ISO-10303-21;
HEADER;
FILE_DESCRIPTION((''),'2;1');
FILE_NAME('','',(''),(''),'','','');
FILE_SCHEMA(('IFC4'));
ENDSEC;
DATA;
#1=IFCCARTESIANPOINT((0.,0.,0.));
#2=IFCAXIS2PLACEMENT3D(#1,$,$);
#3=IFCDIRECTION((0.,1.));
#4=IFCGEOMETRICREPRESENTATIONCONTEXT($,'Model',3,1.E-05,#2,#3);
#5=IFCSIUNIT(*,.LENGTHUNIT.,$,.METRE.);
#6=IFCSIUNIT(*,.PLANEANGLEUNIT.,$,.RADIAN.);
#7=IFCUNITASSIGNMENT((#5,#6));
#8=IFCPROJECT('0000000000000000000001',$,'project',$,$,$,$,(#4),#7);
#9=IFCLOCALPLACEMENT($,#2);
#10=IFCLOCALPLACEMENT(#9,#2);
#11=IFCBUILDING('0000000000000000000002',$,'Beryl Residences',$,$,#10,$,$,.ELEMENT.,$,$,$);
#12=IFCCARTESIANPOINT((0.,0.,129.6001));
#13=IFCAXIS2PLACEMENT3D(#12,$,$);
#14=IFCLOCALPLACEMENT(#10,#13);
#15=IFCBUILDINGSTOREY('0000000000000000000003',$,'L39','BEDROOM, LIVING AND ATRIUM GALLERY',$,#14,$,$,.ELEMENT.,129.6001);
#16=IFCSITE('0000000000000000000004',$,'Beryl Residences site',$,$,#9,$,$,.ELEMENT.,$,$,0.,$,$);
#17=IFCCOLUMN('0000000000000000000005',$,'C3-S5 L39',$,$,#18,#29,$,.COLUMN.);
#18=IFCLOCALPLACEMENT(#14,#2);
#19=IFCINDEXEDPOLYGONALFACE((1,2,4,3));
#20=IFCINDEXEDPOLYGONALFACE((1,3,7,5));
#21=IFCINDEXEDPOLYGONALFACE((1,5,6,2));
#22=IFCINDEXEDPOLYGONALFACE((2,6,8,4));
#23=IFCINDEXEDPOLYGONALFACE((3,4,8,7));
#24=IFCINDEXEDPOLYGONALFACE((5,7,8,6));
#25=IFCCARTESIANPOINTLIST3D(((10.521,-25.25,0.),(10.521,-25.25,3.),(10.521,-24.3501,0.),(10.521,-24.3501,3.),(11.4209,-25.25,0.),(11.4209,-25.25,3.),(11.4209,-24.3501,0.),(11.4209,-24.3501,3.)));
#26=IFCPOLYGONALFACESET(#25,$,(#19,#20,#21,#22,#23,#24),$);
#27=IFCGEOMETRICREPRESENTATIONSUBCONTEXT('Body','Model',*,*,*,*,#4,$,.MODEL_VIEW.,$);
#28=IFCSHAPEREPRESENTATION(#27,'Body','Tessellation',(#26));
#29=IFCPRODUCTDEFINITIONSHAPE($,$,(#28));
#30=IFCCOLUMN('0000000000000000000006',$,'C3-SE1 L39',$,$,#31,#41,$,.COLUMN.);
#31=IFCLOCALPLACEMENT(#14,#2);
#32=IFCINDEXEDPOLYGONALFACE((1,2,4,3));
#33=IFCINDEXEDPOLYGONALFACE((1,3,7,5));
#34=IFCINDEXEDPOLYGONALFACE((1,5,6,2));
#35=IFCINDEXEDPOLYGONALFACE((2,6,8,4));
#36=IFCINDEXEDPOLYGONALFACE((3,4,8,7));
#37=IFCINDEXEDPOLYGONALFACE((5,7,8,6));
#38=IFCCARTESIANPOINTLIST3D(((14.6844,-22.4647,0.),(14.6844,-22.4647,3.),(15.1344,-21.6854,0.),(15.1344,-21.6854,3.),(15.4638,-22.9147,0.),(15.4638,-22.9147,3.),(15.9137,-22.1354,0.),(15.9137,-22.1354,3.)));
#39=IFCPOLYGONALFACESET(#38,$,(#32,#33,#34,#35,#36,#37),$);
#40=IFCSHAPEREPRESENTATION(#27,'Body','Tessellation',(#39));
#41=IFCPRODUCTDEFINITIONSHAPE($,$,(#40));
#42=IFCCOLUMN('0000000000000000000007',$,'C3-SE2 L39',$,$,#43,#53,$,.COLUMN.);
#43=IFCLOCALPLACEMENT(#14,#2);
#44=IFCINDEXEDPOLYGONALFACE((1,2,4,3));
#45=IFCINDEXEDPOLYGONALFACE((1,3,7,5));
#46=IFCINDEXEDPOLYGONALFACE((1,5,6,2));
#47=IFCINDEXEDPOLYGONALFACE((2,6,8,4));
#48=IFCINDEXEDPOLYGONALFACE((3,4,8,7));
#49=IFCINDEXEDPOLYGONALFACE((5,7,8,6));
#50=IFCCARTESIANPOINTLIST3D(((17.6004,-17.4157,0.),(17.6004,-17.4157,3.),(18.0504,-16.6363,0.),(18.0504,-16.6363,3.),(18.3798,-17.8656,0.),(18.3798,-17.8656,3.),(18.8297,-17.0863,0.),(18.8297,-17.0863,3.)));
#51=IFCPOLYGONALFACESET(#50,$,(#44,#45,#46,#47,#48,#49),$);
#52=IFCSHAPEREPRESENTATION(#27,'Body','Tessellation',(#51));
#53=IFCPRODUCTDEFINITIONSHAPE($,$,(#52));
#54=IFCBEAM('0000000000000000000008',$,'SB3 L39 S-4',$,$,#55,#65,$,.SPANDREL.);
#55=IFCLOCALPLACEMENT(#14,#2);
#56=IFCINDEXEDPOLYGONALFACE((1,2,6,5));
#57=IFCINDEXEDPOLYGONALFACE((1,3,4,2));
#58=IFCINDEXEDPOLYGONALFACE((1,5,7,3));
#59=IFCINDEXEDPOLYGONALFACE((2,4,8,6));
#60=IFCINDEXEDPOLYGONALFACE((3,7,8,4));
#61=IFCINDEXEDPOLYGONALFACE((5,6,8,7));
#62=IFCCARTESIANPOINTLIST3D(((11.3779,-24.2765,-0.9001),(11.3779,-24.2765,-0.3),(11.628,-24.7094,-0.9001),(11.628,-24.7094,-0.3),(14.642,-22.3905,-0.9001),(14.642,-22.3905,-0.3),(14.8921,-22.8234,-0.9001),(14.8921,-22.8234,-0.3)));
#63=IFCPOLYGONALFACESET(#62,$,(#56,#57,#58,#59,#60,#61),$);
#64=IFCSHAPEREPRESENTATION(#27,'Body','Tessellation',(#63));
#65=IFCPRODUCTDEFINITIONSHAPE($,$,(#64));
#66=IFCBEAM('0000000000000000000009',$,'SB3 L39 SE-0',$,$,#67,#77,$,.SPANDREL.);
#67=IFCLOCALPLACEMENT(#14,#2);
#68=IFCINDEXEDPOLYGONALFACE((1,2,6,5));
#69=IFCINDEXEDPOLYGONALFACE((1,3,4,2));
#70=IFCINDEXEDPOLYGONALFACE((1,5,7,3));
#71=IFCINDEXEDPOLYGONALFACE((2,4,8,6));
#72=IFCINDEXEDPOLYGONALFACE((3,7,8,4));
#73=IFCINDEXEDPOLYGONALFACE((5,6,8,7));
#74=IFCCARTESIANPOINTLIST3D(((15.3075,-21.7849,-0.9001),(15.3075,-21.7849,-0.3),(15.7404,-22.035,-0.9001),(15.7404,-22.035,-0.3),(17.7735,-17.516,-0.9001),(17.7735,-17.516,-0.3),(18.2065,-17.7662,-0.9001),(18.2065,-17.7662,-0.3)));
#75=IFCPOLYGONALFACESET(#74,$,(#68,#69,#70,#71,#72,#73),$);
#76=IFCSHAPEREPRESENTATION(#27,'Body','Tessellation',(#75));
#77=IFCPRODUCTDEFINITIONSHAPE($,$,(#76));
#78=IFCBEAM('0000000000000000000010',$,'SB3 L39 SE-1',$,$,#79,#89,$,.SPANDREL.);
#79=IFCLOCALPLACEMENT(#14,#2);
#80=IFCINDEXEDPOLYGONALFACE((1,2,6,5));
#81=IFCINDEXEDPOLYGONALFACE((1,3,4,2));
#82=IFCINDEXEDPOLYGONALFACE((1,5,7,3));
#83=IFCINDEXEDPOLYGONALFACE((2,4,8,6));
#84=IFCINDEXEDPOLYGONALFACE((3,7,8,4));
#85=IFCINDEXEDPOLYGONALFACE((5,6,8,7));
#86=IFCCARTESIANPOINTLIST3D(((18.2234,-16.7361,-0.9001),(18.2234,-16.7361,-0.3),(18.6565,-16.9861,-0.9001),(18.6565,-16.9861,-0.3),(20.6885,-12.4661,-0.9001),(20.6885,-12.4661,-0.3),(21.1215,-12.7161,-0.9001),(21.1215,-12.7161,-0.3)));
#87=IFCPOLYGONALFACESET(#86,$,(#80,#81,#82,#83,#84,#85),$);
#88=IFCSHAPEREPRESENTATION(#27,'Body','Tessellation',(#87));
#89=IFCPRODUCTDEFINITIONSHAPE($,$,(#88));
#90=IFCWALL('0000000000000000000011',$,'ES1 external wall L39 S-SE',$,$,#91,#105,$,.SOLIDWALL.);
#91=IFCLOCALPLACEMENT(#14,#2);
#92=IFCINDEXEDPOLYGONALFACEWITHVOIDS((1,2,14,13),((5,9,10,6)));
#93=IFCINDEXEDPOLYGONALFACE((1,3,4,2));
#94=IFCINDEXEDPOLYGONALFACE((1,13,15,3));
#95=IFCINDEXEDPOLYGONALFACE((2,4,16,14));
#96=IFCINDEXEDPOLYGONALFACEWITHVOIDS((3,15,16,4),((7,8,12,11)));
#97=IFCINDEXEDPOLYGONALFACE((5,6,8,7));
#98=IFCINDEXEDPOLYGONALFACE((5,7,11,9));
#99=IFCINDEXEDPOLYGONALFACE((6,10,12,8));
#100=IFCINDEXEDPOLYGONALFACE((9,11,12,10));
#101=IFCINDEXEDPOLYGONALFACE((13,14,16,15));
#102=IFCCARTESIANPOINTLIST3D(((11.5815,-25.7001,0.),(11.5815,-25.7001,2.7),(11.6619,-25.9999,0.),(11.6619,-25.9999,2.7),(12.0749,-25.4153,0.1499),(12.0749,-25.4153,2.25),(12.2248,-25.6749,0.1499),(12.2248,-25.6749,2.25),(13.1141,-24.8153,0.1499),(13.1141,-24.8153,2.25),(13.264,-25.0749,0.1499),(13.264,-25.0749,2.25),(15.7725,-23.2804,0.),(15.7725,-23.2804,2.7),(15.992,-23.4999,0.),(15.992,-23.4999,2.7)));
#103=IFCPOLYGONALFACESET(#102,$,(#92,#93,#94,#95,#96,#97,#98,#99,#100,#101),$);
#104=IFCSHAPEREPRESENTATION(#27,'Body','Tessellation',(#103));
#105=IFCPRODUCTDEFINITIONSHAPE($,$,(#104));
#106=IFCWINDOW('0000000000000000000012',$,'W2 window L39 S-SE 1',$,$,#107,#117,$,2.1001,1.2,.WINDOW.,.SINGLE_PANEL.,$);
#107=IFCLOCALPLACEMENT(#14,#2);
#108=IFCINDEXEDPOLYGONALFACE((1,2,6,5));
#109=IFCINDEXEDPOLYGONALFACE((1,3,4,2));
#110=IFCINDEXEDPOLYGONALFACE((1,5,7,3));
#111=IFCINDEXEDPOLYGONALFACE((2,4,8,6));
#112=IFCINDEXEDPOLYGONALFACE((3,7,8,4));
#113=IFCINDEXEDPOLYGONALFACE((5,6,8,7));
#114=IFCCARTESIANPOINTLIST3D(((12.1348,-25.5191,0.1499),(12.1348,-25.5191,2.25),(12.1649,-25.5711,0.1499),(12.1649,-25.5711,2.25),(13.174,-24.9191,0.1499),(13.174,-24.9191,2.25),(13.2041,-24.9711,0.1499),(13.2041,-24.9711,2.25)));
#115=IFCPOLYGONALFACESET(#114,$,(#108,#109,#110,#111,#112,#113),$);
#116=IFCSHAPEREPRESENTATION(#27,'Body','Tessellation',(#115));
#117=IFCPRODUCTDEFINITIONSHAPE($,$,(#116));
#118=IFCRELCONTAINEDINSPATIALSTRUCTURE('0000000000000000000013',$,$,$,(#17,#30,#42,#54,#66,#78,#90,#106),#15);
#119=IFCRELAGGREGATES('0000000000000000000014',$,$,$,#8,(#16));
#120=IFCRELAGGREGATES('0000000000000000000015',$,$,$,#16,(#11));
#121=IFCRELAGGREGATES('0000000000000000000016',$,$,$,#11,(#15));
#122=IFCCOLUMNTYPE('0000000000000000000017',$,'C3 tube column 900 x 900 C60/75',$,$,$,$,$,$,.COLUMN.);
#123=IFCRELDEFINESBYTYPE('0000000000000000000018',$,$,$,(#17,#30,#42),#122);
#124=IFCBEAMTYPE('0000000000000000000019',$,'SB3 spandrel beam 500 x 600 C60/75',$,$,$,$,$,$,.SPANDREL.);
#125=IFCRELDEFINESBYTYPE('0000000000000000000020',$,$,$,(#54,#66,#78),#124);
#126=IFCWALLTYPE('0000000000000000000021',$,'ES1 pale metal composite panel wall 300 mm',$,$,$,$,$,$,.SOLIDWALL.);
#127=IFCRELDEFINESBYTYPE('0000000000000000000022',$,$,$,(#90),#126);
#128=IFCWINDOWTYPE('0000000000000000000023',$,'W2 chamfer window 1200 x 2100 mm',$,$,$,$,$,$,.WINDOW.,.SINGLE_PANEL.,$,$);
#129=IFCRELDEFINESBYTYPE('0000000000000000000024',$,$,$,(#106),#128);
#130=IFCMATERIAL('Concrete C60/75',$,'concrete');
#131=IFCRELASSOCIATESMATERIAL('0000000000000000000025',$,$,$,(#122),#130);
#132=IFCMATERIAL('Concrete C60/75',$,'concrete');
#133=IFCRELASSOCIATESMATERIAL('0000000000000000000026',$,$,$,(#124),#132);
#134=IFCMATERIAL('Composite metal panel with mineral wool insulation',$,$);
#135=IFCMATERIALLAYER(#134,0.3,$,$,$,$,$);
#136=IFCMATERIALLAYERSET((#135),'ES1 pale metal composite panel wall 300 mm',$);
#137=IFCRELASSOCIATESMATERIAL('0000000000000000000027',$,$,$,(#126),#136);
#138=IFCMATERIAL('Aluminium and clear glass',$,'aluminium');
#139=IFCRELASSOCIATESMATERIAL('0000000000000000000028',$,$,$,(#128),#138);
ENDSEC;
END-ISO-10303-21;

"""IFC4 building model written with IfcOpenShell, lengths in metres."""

from ifc_helpers import new_model, si_unit, direction, frame, frame_2d, origin, origin_2d, place, context, subcontext, project, spatial, polyline, rectangle, outline, extrude, material, layer, layer_set, material_profile, profile_set, type_object, element, fill, save


model = new_model("IFC4")

# Units and contexts
model_context = context("Model", 3, precision=1e-05, world=origin(), true_north=direction((0.0, 1.0)))
body_context = subcontext(model_context, "Body", "Model", "MODEL_VIEW")
ifc_project = project(units=[si_unit("LENGTHUNIT", "METRE"), si_unit("PLANEANGLEUNIT", "RADIAN")], contexts=[model_context])

# Site, building, storey
site_placement = place(None, origin())
site = spatial("IfcSite", under=ifc_project, at=site_placement, Name="Beryl Residences site", CompositionType="ELEMENT", RefElevation=0.0)
building_placement = place(site_placement, origin())
building = spatial("IfcBuilding", under=site, at=building_placement, Name="Beryl Residences", CompositionType="ELEMENT")
storey_placement = place(building_placement, frame((0.0, 0.0, 129.6001)))
storey = spatial("IfcBuildingStorey", under=building, at=storey_placement, Name="L39", Description="BEDROOM, LIVING AND ATRIUM GALLERY", CompositionType="ELEMENT", Elevation=129.6001)

# Columns
ifc_material_1 = material(Name="Concrete C60/75", Category="concrete")
ifc_material_profile_1 = material_profile(ifc_material_1, rectangle(XDim=0.8999, YDim=0.8999, at=origin_2d()))
ifc_profile_set_1 = profile_set([ifc_material_profile_1], Name="Concrete C60/75")
column_type = type_object("IfcColumnType", Name="C3 tube column 900 x 900 C60/75", PredefinedType="COLUMN", material=ifc_profile_set_1)
for number, where, z_axis, x_axis, name in (
    (1, (10.9709, -24.8, 0.0), (0.0, 0.0, 1.0), (1.0, 0.0, 0.0), "C3-S5 L39"),
    (2, (15.2991, -22.3, 0.0), (0.0, 0.0, 1.0), (0.5, 0.866025, 0.0), "C3-SE1 L39"),
    (3, (18.2151, -17.251, 0.0), (0.0, 0.0, 1.0), (0.5, 0.866025, 0.0), "C3-SE2 L39"),
):
    element("IfcColumn", number, at=place(storey_placement, frame(where, z_axis=z_axis, x_axis=x_axis)), inside=storey, type_object=column_type, Name=name, PredefinedType="COLUMN", context=body_context, shape_type="SweptSolid", body=[
        extrude(rectangle(XDim=0.8999, YDim=0.8999, at=origin_2d()), origin(), (0.0, 0.0, 1.0), 3.0),
    ])

# Beams
ifc_material_2 = material(Name="Concrete C60/75", Category="concrete")
ifc_material_profile_2 = material_profile(ifc_material_2, rectangle(XDim=0.5, YDim=0.6001, at=origin_2d()))
ifc_profile_set_2 = profile_set([ifc_material_profile_2], Name="Concrete C60/75")
beam_type = type_object("IfcBeamType", Name="SB3 spandrel beam 500 x 600 C60/75", PredefinedType="SPANDREL", material=ifc_profile_set_2)
beam_1_placement = place(storey_placement, frame((11.5029, -24.4929, -0.6001), z_axis=(0.865862, 0.500283, 0.0), x_axis=(-0.500283, 0.865862, 0.0)))
element("IfcBeam", 4, at=beam_1_placement, inside=storey, type_object=beam_type, Name="SB3 L39 S-4", PredefinedType="SPANDREL", context=body_context, shape_type="SweptSolid", body=[
    extrude(rectangle(XDim=0.5, YDim=0.6001, at=origin_2d()), origin(), (0.0, 0.0, 1.0), 3.7698),
])
beam_2_placement = place(storey_placement, frame((15.5239, -21.9099, -0.6001), z_axis=(0.500224, 0.865896, 0.0), x_axis=(-0.865896, 0.500224, 0.0)))
element("IfcBeam", 5, at=beam_2_placement, inside=storey, type_object=beam_type, Name="SB3 L39 SE-0", PredefinedType="SPANDREL", context=body_context, shape_type="SweptSolid", body=[
    extrude(rectangle(XDim=0.5, YDim=0.6001, at=origin_2d()), origin(), (0.0, 0.0, 1.0), 4.9299),
])
beam_3_placement = place(storey_placement, frame((18.4399, -16.8611, -0.6001), z_axis=(0.499968, 0.866044, 0.0), x_axis=(-0.866044, 0.499968, 0.0)))
element("IfcBeam", 6, at=beam_3_placement, inside=storey, type_object=beam_type, Name="SB3 L39 SE-1", PredefinedType="SPANDREL", context=body_context, shape_type="SweptSolid", body=[
    extrude(rectangle(XDim=0.5, YDim=0.6001, at=origin_2d()), origin(), (0.0, 0.0, 1.0), 4.9304),
])

# Wall, opening, window
ifc_material_3 = material(Name="Composite metal panel with mineral wool insulation")
ifc_layer_1 = layer(ifc_material_3, 0.3)
ifc_layer_set_1 = layer_set([ifc_layer_1], Name="ES1 pale metal composite panel wall 300 mm")
wall_type_1 = type_object("IfcWallType", Name="ES1 pale metal composite panel wall 300 mm", PredefinedType="SOLIDWALL", material=ifc_layer_set_1)
wall_1_placement = place(storey_placement, frame((11.5869, -25.8701, 0.0), z_axis=(0.0, 0.0, 1.0), x_axis=(0.866023, 0.500004, 0.0)))
wall_1 = element("IfcWall", 7, at=wall_1_placement, inside=storey, type_object=wall_type_1, Name="ES1 external wall L39 S-SE", PredefinedType="SOLIDWALL", context=body_context, shape_type="SweptSolid", body=[
    extrude(outline(polyline([(0.0, -0.1499), (5.0, -0.1499), (4.9197, 0.1499), (0.0803, 0.1499), (0.0, -0.1499)])), origin(), (0.0, 0.0, 1.0), 2.7),
])
opening_1_placement = place(wall_1_placement, frame((0.6499, 0.0, 0.1499)))
opening_1 = element("IfcOpeningElement", 8, at=opening_1_placement, cuts=wall_1, PredefinedType="OPENING", context=body_context, shape_type="SweptSolid", body=[
    extrude(rectangle(XDim=1.2, YDim=2.1001, at=frame_2d((0.6001, 1.05))), frame((0.0, 0.1599, 0.0), z_axis=(0.0, -1.0, 0.0), x_axis=(1.0, 0.0, 0.0)), (0.0, 0.0, 1.0), 0.3201),
])
ifc_material_4 = material(Name="Aluminium and clear glass", Category="aluminium")
window_type_1 = type_object("IfcWindowType", Name="W2 chamfer window 1200 x 2100 mm", PartitioningType="SINGLE_PANEL", PredefinedType="WINDOW", material=ifc_material_4)
window_1_placement = place(opening_1_placement, origin())
window_1 = element("IfcWindow", 9, at=window_1_placement, inside=storey, type_object=window_type_1, Name="W2 window L39 S-SE 1", OverallHeight=2.1001, OverallWidth=1.2, PartitioningType="SINGLE_PANEL", PredefinedType="WINDOW", context=body_context, shape_type="SweptSolid", body=[
    extrude(rectangle(XDim=1.2, YDim=2.1001, at=frame_2d((0.6001, 1.05))), frame((0.0, 0.03, 0.0), z_axis=(0.0, -1.0, 0.0), x_axis=(1.0, 0.0, 0.0)), (0.0, 0.0, 1.0), 0.0601),
])
fill(opening_1, window_1)

save(model, "model.ifc")
